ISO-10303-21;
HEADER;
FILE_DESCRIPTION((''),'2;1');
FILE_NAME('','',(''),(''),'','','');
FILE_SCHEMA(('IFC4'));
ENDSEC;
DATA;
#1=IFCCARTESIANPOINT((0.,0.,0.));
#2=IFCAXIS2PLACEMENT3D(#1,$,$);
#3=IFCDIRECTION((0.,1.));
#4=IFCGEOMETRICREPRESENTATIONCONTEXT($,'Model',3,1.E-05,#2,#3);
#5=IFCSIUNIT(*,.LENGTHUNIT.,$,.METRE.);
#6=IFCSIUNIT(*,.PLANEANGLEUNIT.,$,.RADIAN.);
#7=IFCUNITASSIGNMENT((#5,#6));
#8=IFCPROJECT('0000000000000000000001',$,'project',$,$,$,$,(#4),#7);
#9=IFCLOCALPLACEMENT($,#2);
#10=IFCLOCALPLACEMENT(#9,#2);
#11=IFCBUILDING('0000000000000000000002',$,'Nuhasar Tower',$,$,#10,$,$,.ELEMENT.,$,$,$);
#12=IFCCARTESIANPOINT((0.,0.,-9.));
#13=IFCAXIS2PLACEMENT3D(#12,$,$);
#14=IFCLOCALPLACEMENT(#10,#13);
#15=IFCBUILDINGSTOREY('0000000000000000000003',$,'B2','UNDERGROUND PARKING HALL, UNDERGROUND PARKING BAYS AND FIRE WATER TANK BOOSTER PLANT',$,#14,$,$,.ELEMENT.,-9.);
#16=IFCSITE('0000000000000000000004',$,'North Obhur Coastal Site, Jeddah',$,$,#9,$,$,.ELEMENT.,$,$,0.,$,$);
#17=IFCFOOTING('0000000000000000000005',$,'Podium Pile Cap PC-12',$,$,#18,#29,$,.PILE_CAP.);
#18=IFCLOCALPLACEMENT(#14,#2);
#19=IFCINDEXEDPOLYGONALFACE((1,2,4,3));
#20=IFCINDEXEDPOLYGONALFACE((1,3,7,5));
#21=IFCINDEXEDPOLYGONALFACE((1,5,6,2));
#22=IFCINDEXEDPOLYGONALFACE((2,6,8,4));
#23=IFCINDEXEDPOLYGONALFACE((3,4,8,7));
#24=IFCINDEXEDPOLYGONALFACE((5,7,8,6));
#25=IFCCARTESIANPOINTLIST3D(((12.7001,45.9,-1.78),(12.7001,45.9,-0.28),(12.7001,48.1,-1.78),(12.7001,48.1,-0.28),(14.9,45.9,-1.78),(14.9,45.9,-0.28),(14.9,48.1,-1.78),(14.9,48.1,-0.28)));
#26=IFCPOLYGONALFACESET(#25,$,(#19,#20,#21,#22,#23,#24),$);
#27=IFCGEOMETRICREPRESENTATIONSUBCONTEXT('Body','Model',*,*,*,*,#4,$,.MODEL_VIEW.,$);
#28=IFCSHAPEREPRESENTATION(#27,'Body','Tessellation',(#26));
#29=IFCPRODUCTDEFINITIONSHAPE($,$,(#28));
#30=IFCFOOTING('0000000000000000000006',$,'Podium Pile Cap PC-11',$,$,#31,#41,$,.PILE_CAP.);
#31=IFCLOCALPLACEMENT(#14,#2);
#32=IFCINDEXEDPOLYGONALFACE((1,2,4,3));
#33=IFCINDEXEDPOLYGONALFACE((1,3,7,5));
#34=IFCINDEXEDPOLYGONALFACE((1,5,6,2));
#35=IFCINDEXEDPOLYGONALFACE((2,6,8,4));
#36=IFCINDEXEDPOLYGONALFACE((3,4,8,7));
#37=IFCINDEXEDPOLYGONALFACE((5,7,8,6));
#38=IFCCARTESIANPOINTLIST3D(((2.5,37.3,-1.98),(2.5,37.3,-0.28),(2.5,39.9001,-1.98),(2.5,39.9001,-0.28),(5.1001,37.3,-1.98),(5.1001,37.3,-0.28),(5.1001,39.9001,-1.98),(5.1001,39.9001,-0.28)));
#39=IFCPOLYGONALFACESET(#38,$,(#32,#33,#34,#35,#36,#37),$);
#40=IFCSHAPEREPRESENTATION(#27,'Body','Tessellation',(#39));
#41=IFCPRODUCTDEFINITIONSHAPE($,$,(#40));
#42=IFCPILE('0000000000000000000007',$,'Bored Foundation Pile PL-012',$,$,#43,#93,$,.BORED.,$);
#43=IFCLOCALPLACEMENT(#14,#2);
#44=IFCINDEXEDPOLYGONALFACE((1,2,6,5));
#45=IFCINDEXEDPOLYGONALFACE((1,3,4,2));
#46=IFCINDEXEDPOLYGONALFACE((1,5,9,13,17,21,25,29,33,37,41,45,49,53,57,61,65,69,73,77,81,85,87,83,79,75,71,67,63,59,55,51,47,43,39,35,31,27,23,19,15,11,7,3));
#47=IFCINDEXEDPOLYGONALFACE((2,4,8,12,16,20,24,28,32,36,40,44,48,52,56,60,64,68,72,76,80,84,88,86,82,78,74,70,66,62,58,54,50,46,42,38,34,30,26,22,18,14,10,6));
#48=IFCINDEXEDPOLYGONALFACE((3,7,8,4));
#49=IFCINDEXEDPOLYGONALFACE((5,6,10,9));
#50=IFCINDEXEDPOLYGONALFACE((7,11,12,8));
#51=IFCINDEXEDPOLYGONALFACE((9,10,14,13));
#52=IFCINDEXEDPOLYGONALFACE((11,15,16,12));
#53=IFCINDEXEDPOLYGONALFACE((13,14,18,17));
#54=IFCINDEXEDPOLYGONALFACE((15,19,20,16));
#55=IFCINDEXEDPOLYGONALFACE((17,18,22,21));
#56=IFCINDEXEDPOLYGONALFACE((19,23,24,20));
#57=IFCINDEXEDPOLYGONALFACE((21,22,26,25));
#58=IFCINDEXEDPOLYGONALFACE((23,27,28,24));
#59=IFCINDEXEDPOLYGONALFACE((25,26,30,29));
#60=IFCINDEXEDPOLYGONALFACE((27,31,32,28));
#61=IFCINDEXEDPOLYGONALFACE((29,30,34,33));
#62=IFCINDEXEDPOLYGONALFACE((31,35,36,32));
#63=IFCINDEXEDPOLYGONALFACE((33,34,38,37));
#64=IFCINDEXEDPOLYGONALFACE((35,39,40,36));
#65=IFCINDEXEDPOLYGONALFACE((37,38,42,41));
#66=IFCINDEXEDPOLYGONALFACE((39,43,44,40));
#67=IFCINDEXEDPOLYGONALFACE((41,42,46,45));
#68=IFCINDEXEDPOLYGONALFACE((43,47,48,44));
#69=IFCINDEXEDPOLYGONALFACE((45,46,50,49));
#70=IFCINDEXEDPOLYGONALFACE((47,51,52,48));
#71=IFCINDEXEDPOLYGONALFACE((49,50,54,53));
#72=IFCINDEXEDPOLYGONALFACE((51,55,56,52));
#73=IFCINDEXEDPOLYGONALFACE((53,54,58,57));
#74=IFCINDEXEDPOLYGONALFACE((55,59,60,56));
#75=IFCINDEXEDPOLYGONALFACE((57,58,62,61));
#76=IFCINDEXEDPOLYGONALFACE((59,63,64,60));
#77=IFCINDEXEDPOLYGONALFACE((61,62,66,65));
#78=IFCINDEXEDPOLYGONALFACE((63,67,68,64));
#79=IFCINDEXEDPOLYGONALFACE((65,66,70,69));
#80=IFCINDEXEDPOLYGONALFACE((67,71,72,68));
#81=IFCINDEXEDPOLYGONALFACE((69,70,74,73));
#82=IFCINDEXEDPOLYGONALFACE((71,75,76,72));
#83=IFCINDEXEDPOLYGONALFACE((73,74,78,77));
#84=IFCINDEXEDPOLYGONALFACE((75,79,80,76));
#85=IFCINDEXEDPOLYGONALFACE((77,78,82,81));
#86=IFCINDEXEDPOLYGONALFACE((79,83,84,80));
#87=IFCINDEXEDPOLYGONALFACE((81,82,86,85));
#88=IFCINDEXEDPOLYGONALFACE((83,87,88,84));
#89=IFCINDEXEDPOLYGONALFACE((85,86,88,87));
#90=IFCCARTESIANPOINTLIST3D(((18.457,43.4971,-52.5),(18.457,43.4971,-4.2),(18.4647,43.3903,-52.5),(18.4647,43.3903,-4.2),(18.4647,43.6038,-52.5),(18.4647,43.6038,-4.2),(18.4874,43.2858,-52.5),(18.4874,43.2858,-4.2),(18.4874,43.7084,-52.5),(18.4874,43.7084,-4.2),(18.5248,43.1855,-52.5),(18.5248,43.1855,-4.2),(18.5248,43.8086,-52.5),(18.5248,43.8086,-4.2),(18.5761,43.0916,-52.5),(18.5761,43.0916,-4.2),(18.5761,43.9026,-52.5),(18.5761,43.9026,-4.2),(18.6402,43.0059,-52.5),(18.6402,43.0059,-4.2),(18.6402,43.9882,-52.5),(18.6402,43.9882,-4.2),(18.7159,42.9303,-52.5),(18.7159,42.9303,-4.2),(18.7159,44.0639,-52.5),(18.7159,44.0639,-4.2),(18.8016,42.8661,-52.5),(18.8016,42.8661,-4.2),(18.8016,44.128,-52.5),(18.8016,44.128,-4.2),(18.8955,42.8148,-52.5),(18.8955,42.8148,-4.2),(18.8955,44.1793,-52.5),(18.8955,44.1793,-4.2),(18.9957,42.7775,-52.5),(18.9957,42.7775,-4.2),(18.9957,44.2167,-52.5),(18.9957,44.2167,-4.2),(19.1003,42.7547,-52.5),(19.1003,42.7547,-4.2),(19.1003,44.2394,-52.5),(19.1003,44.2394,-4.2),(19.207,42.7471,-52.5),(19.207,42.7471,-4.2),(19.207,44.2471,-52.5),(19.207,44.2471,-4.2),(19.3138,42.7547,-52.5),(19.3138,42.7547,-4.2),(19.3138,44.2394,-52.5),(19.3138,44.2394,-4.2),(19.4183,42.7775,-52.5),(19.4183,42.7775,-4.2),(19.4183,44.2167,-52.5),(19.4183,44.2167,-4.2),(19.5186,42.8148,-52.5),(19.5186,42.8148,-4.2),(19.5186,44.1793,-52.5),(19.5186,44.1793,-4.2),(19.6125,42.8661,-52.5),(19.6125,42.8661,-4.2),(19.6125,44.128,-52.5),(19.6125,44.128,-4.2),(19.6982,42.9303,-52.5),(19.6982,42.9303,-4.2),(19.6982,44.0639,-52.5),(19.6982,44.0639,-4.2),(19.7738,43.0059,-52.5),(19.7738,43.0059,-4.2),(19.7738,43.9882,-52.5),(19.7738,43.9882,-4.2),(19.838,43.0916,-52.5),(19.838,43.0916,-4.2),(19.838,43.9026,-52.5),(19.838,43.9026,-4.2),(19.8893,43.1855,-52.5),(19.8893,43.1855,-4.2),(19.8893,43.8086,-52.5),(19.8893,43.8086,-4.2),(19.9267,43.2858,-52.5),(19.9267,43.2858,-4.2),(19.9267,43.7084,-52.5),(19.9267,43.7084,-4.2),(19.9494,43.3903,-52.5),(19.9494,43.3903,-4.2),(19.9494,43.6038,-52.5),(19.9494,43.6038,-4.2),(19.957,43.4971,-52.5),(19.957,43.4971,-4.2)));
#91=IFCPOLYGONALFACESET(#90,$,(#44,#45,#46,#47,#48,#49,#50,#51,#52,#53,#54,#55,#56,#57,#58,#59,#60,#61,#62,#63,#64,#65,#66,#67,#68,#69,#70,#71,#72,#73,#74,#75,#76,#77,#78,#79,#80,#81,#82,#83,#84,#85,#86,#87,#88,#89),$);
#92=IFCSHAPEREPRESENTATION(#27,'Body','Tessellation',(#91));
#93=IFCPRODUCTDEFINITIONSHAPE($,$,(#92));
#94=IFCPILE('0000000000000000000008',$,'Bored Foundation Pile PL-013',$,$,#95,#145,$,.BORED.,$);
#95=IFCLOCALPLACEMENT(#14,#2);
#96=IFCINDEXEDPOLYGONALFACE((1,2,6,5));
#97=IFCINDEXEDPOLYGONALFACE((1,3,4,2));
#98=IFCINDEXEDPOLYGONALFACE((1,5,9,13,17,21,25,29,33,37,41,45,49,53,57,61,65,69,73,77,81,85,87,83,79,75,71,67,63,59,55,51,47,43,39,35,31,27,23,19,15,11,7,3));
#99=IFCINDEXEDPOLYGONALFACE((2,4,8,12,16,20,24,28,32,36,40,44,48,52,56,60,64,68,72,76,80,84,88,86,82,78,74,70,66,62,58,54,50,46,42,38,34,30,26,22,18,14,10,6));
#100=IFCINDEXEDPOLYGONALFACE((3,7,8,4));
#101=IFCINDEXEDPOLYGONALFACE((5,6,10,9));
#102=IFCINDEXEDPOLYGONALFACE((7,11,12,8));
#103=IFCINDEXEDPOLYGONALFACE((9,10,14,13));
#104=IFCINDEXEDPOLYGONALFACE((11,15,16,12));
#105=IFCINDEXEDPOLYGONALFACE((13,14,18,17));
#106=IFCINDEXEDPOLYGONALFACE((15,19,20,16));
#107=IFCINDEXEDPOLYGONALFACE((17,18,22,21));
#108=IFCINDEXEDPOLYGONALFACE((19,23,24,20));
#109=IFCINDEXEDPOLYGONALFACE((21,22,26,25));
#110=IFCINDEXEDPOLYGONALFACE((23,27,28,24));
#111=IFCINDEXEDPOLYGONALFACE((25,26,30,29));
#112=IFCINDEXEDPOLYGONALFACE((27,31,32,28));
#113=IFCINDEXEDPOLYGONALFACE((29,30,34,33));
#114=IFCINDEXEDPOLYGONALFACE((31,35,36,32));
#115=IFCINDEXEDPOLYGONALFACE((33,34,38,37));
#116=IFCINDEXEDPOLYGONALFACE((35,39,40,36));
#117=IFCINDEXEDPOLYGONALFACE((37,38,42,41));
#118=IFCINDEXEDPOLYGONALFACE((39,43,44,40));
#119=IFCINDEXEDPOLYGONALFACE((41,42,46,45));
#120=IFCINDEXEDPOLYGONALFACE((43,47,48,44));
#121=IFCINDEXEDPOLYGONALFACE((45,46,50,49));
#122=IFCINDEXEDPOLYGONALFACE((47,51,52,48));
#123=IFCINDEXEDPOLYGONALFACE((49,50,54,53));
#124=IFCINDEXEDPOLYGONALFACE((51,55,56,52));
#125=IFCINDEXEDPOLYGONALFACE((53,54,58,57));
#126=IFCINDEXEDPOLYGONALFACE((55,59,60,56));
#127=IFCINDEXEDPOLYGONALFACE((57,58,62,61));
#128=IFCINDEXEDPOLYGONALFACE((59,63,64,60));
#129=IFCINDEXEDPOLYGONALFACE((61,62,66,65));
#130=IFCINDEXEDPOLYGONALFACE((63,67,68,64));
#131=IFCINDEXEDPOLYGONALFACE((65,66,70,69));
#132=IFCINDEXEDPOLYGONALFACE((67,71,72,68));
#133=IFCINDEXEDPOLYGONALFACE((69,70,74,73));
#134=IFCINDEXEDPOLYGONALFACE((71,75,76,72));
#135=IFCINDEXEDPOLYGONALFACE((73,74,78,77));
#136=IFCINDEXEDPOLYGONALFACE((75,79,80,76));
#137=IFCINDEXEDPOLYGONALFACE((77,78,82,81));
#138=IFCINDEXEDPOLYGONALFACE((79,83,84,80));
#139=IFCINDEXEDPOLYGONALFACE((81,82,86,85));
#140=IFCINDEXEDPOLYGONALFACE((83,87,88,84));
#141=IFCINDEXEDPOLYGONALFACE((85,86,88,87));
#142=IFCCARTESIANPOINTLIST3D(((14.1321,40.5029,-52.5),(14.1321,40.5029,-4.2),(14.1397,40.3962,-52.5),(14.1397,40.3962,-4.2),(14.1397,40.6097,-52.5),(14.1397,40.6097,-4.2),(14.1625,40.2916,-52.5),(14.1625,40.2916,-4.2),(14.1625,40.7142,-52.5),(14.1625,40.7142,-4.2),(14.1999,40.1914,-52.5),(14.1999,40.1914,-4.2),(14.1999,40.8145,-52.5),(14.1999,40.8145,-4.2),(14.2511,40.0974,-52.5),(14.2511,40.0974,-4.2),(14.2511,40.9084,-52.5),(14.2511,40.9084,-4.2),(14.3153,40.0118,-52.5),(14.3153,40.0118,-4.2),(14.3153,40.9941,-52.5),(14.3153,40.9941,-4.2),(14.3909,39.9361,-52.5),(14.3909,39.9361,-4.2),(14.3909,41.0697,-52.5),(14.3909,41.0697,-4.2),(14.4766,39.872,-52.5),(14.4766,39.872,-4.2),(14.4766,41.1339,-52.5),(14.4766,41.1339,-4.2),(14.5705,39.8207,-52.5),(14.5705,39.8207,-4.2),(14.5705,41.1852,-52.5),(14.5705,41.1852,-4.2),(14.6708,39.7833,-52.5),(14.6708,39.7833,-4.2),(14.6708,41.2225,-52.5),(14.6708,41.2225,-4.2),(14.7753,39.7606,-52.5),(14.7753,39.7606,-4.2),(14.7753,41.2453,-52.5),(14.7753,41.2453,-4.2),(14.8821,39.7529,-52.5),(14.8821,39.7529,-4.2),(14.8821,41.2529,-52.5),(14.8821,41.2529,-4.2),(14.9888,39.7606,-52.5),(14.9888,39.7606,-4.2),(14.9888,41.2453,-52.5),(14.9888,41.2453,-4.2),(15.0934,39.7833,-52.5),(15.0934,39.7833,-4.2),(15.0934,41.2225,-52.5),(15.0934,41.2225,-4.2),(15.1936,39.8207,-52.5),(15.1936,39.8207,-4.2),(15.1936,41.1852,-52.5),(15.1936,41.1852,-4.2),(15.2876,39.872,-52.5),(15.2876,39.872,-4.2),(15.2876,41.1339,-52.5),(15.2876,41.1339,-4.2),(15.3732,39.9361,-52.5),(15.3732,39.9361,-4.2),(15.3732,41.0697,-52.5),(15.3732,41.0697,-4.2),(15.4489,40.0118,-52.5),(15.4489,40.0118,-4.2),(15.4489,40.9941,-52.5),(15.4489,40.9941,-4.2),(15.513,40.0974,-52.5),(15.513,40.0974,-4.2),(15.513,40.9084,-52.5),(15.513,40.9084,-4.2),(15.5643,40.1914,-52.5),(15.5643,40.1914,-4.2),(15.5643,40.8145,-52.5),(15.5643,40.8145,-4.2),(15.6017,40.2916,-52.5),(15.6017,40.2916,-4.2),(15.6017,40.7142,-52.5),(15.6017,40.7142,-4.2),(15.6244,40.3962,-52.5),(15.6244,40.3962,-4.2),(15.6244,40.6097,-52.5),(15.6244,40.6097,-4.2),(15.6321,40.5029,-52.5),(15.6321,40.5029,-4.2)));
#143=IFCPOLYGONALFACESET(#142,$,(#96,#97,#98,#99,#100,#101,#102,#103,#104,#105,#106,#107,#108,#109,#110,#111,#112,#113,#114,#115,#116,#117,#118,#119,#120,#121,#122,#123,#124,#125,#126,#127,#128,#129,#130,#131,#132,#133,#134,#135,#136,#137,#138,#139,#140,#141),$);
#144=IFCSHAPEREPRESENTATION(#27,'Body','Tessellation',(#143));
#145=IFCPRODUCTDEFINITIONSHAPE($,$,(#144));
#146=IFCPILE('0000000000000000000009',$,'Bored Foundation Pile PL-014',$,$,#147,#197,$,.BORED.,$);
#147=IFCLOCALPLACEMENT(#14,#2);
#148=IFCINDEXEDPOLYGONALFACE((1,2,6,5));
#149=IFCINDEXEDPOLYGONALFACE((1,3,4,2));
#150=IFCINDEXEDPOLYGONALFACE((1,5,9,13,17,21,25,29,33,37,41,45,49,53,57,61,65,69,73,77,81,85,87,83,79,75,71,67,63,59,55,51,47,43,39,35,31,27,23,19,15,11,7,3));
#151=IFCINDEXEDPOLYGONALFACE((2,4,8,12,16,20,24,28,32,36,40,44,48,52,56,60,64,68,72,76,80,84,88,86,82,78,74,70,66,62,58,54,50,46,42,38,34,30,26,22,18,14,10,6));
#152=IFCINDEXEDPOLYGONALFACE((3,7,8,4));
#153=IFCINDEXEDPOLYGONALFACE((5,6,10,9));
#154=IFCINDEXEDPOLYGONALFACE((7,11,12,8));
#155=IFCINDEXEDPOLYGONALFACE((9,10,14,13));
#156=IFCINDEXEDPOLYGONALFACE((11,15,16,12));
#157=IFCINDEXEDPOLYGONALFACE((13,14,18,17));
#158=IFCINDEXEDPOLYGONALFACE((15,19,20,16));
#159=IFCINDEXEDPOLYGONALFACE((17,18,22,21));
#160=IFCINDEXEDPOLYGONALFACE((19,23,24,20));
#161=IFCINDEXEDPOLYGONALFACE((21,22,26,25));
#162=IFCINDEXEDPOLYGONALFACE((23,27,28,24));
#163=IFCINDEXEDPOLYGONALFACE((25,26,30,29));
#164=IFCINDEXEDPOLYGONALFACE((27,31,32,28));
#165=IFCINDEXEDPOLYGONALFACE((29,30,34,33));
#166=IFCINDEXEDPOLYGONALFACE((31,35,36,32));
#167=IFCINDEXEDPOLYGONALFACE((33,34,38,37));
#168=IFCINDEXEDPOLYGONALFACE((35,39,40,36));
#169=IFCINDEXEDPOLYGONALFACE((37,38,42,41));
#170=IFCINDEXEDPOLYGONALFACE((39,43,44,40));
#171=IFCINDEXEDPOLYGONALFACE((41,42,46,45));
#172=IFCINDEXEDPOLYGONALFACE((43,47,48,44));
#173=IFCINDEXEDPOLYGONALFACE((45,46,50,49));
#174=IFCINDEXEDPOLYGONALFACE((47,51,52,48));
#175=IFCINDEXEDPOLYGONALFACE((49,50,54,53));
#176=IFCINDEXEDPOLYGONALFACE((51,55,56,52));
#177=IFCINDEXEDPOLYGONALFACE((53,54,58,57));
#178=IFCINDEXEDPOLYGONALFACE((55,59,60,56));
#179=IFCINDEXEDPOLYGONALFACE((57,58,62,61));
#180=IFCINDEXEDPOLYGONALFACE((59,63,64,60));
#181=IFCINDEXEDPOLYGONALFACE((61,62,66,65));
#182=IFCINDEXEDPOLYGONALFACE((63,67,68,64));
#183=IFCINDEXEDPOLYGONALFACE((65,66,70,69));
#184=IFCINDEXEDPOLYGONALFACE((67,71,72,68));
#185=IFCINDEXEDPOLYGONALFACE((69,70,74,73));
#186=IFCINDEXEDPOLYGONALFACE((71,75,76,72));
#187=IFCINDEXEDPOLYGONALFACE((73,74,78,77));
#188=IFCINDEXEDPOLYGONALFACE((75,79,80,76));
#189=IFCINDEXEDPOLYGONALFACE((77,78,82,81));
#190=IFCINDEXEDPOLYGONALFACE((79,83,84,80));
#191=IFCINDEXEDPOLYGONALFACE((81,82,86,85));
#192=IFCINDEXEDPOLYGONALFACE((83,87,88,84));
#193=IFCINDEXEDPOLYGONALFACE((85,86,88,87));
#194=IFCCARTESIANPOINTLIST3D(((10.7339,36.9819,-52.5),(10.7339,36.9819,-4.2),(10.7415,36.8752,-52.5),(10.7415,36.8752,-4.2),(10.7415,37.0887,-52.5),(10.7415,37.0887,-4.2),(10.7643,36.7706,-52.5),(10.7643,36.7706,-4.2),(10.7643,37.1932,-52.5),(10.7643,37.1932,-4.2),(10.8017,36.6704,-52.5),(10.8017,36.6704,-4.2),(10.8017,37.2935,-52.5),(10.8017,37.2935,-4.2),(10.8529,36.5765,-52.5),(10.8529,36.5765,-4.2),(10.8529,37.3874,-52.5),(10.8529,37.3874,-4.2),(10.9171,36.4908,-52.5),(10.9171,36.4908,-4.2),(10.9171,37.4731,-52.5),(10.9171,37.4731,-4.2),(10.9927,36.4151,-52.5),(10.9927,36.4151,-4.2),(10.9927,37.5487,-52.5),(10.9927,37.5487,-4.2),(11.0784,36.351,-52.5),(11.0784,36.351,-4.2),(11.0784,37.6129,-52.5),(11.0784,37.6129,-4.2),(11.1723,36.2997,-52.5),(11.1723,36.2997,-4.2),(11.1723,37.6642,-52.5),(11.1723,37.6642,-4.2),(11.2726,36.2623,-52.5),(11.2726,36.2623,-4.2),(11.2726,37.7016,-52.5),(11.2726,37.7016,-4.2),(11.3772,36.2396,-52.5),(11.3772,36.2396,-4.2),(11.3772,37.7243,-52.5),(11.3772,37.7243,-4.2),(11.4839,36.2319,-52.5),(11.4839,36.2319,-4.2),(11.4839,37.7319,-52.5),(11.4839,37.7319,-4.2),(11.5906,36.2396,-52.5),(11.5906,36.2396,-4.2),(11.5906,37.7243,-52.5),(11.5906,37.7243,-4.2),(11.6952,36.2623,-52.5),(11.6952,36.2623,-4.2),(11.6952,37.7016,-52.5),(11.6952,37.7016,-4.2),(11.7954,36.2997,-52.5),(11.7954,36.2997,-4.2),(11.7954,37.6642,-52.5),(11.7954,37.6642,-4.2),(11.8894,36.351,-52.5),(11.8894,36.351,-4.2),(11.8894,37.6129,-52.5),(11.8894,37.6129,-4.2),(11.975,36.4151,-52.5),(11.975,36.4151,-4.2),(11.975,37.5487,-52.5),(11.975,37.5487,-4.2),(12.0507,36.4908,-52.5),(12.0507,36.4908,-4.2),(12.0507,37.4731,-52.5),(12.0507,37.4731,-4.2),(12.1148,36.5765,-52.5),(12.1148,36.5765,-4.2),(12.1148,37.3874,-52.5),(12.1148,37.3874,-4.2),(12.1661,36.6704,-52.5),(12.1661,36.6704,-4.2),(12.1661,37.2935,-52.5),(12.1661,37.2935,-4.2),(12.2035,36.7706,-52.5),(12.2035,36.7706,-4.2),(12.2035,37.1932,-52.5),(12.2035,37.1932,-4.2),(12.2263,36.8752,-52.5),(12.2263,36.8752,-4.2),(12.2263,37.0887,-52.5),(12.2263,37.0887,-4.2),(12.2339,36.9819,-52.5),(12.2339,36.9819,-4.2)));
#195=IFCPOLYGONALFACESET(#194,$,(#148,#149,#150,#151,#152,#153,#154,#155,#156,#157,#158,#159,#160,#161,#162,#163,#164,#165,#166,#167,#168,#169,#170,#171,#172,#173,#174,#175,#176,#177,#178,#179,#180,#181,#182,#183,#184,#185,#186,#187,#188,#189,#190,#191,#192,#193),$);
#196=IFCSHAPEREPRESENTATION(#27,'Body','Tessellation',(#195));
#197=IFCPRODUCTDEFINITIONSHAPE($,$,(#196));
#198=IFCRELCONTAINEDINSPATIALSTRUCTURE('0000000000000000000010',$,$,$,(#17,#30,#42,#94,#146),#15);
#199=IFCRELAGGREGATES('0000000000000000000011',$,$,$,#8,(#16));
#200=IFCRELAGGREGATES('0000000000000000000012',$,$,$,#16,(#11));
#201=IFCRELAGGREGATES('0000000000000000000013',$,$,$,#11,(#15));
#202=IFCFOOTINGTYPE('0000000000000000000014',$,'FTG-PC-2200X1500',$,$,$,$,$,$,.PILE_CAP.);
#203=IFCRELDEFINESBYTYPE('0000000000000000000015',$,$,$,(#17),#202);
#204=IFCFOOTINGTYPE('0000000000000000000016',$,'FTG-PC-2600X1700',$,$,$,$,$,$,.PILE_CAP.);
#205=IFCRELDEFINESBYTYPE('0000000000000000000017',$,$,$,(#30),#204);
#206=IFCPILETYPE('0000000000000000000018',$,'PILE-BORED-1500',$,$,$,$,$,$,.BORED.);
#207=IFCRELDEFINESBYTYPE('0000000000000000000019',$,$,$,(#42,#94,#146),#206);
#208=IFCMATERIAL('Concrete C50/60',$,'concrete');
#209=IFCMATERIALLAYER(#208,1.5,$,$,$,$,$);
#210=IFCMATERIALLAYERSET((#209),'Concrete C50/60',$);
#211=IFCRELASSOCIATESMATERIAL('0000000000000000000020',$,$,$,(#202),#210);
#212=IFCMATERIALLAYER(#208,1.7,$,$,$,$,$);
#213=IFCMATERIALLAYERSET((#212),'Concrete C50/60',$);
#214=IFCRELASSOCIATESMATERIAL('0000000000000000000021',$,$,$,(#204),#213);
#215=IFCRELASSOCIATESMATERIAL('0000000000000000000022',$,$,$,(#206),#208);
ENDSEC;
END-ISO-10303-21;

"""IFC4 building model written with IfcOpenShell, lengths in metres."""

from ifc_helpers import new_model, si_unit, direction, frame, origin, origin_2d, place, context, subcontext, project, spatial, rectangle, circle, extrude, material, layer, layer_set, material_profile, profile_set, type_object, element, save


model = new_model("IFC4")

# Units and contexts
model_context = context("Model", 3, precision=1e-05, world=origin(), true_north=direction((0.0, 1.0)))
body_context = subcontext(model_context, "Body", "Model", "MODEL_VIEW")
ifc_project = project(units=[si_unit("LENGTHUNIT", "METRE"), si_unit("PLANEANGLEUNIT", "RADIAN")], contexts=[model_context])

# Site, building, storey
site_placement = place(None, origin())
site = spatial("IfcSite", under=ifc_project, at=site_placement, Name="North Obhur Coastal Site, Jeddah", CompositionType="ELEMENT", RefElevation=0.0)
building_placement = place(site_placement, origin())
building = spatial("IfcBuilding", under=site, at=building_placement, Name="Nuhasar Tower", CompositionType="ELEMENT")
storey_placement = place(building_placement, frame((0.0, 0.0, -9.0)))
storey = spatial("IfcBuildingStorey", under=building, at=storey_placement, Name="B2", Description="UNDERGROUND PARKING HALL, UNDERGROUND PARKING BAYS AND FIRE WATER TANK BOOSTER PLANT", CompositionType="ELEMENT", Elevation=-9.0)

# Footings
ifc_material_1 = material(Name="Concrete C50/60", Category="concrete")
ifc_layer_1 = layer(ifc_material_1, 1.5)
ifc_layer_set_1 = layer_set([ifc_layer_1], Name="Concrete C50/60")
footing_type_1 = type_object("IfcFootingType", Name="FTG-PC-2200X1500", PredefinedType="PILE_CAP", material=ifc_layer_set_1)
footing_1_placement = place(storey_placement, frame((13.8, 47.0, -1.78), z_axis=(0.0, 0.0, 1.0), x_axis=(1.0, 0.0, 0.0)))
element("IfcFooting", 1, at=footing_1_placement, inside=storey, type_object=footing_type_1, Name="Podium Pile Cap PC-12", PredefinedType="PILE_CAP", context=body_context, shape_type="SweptSolid", body=[
    extrude(rectangle(XDim=2.2, YDim=2.2, at=origin_2d()), origin(), (0.0, 0.0, 1.0), 1.5),
])
ifc_layer_2 = layer(ifc_material_1, 1.7)
ifc_layer_set_2 = layer_set([ifc_layer_2], Name="Concrete C50/60")
footing_type_2 = type_object("IfcFootingType", Name="FTG-PC-2600X1700", PredefinedType="PILE_CAP", material=ifc_layer_set_2)
footing_2_placement = place(storey_placement, frame((3.8, 38.6001, -1.98), z_axis=(0.0, 0.0, 1.0), x_axis=(1.0, 0.0, 0.0)))
element("IfcFooting", 2, at=footing_2_placement, inside=storey, type_object=footing_type_2, Name="Podium Pile Cap PC-11", PredefinedType="PILE_CAP", context=body_context, shape_type="SweptSolid", body=[
    extrude(rectangle(XDim=2.6001, YDim=2.6001, at=origin_2d()), origin(), (0.0, 0.0, 1.0), 1.7),
])

# Piles
ifc_material_profile_1 = material_profile(ifc_material_1, circle(Radius=0.75, at=origin_2d()), Name="PILE1500")
ifc_profile_set_1 = profile_set([ifc_material_profile_1], Name="Concrete C50/60")
pile_type_1 = type_object("IfcPileType", Name="PILE-BORED-1500", PredefinedType="BORED", material=ifc_profile_set_1)
for number, where, z_axis, x_axis, name in (
    (3, (19.207, 43.4971, -4.2), (0.0, 0.0, -1.0), (1.0, 0.0, 0.0), "Bored Foundation Pile PL-012"),
    (4, (14.8821, 40.5029, -4.2), (0.0, 0.0, -1.0), (1.0, 0.0, 0.0), "Bored Foundation Pile PL-013"),
    (5, (11.4839, 36.9819, -4.2), (0.0, 0.0, -1.0), (1.0, 0.0, 0.0), "Bored Foundation Pile PL-014"),
):
    element("IfcPile", number, at=place(storey_placement, frame(where, z_axis=z_axis, x_axis=x_axis)), inside=storey, type_object=pile_type_1, Name=name, PredefinedType="BORED", context=body_context, shape_type="SweptSolid", body=[
        extrude(circle(Radius=0.75, at=origin_2d()), origin(), (0.0, 0.0, 1.0), 48.3),
    ])

save(model, "model.ifc")
